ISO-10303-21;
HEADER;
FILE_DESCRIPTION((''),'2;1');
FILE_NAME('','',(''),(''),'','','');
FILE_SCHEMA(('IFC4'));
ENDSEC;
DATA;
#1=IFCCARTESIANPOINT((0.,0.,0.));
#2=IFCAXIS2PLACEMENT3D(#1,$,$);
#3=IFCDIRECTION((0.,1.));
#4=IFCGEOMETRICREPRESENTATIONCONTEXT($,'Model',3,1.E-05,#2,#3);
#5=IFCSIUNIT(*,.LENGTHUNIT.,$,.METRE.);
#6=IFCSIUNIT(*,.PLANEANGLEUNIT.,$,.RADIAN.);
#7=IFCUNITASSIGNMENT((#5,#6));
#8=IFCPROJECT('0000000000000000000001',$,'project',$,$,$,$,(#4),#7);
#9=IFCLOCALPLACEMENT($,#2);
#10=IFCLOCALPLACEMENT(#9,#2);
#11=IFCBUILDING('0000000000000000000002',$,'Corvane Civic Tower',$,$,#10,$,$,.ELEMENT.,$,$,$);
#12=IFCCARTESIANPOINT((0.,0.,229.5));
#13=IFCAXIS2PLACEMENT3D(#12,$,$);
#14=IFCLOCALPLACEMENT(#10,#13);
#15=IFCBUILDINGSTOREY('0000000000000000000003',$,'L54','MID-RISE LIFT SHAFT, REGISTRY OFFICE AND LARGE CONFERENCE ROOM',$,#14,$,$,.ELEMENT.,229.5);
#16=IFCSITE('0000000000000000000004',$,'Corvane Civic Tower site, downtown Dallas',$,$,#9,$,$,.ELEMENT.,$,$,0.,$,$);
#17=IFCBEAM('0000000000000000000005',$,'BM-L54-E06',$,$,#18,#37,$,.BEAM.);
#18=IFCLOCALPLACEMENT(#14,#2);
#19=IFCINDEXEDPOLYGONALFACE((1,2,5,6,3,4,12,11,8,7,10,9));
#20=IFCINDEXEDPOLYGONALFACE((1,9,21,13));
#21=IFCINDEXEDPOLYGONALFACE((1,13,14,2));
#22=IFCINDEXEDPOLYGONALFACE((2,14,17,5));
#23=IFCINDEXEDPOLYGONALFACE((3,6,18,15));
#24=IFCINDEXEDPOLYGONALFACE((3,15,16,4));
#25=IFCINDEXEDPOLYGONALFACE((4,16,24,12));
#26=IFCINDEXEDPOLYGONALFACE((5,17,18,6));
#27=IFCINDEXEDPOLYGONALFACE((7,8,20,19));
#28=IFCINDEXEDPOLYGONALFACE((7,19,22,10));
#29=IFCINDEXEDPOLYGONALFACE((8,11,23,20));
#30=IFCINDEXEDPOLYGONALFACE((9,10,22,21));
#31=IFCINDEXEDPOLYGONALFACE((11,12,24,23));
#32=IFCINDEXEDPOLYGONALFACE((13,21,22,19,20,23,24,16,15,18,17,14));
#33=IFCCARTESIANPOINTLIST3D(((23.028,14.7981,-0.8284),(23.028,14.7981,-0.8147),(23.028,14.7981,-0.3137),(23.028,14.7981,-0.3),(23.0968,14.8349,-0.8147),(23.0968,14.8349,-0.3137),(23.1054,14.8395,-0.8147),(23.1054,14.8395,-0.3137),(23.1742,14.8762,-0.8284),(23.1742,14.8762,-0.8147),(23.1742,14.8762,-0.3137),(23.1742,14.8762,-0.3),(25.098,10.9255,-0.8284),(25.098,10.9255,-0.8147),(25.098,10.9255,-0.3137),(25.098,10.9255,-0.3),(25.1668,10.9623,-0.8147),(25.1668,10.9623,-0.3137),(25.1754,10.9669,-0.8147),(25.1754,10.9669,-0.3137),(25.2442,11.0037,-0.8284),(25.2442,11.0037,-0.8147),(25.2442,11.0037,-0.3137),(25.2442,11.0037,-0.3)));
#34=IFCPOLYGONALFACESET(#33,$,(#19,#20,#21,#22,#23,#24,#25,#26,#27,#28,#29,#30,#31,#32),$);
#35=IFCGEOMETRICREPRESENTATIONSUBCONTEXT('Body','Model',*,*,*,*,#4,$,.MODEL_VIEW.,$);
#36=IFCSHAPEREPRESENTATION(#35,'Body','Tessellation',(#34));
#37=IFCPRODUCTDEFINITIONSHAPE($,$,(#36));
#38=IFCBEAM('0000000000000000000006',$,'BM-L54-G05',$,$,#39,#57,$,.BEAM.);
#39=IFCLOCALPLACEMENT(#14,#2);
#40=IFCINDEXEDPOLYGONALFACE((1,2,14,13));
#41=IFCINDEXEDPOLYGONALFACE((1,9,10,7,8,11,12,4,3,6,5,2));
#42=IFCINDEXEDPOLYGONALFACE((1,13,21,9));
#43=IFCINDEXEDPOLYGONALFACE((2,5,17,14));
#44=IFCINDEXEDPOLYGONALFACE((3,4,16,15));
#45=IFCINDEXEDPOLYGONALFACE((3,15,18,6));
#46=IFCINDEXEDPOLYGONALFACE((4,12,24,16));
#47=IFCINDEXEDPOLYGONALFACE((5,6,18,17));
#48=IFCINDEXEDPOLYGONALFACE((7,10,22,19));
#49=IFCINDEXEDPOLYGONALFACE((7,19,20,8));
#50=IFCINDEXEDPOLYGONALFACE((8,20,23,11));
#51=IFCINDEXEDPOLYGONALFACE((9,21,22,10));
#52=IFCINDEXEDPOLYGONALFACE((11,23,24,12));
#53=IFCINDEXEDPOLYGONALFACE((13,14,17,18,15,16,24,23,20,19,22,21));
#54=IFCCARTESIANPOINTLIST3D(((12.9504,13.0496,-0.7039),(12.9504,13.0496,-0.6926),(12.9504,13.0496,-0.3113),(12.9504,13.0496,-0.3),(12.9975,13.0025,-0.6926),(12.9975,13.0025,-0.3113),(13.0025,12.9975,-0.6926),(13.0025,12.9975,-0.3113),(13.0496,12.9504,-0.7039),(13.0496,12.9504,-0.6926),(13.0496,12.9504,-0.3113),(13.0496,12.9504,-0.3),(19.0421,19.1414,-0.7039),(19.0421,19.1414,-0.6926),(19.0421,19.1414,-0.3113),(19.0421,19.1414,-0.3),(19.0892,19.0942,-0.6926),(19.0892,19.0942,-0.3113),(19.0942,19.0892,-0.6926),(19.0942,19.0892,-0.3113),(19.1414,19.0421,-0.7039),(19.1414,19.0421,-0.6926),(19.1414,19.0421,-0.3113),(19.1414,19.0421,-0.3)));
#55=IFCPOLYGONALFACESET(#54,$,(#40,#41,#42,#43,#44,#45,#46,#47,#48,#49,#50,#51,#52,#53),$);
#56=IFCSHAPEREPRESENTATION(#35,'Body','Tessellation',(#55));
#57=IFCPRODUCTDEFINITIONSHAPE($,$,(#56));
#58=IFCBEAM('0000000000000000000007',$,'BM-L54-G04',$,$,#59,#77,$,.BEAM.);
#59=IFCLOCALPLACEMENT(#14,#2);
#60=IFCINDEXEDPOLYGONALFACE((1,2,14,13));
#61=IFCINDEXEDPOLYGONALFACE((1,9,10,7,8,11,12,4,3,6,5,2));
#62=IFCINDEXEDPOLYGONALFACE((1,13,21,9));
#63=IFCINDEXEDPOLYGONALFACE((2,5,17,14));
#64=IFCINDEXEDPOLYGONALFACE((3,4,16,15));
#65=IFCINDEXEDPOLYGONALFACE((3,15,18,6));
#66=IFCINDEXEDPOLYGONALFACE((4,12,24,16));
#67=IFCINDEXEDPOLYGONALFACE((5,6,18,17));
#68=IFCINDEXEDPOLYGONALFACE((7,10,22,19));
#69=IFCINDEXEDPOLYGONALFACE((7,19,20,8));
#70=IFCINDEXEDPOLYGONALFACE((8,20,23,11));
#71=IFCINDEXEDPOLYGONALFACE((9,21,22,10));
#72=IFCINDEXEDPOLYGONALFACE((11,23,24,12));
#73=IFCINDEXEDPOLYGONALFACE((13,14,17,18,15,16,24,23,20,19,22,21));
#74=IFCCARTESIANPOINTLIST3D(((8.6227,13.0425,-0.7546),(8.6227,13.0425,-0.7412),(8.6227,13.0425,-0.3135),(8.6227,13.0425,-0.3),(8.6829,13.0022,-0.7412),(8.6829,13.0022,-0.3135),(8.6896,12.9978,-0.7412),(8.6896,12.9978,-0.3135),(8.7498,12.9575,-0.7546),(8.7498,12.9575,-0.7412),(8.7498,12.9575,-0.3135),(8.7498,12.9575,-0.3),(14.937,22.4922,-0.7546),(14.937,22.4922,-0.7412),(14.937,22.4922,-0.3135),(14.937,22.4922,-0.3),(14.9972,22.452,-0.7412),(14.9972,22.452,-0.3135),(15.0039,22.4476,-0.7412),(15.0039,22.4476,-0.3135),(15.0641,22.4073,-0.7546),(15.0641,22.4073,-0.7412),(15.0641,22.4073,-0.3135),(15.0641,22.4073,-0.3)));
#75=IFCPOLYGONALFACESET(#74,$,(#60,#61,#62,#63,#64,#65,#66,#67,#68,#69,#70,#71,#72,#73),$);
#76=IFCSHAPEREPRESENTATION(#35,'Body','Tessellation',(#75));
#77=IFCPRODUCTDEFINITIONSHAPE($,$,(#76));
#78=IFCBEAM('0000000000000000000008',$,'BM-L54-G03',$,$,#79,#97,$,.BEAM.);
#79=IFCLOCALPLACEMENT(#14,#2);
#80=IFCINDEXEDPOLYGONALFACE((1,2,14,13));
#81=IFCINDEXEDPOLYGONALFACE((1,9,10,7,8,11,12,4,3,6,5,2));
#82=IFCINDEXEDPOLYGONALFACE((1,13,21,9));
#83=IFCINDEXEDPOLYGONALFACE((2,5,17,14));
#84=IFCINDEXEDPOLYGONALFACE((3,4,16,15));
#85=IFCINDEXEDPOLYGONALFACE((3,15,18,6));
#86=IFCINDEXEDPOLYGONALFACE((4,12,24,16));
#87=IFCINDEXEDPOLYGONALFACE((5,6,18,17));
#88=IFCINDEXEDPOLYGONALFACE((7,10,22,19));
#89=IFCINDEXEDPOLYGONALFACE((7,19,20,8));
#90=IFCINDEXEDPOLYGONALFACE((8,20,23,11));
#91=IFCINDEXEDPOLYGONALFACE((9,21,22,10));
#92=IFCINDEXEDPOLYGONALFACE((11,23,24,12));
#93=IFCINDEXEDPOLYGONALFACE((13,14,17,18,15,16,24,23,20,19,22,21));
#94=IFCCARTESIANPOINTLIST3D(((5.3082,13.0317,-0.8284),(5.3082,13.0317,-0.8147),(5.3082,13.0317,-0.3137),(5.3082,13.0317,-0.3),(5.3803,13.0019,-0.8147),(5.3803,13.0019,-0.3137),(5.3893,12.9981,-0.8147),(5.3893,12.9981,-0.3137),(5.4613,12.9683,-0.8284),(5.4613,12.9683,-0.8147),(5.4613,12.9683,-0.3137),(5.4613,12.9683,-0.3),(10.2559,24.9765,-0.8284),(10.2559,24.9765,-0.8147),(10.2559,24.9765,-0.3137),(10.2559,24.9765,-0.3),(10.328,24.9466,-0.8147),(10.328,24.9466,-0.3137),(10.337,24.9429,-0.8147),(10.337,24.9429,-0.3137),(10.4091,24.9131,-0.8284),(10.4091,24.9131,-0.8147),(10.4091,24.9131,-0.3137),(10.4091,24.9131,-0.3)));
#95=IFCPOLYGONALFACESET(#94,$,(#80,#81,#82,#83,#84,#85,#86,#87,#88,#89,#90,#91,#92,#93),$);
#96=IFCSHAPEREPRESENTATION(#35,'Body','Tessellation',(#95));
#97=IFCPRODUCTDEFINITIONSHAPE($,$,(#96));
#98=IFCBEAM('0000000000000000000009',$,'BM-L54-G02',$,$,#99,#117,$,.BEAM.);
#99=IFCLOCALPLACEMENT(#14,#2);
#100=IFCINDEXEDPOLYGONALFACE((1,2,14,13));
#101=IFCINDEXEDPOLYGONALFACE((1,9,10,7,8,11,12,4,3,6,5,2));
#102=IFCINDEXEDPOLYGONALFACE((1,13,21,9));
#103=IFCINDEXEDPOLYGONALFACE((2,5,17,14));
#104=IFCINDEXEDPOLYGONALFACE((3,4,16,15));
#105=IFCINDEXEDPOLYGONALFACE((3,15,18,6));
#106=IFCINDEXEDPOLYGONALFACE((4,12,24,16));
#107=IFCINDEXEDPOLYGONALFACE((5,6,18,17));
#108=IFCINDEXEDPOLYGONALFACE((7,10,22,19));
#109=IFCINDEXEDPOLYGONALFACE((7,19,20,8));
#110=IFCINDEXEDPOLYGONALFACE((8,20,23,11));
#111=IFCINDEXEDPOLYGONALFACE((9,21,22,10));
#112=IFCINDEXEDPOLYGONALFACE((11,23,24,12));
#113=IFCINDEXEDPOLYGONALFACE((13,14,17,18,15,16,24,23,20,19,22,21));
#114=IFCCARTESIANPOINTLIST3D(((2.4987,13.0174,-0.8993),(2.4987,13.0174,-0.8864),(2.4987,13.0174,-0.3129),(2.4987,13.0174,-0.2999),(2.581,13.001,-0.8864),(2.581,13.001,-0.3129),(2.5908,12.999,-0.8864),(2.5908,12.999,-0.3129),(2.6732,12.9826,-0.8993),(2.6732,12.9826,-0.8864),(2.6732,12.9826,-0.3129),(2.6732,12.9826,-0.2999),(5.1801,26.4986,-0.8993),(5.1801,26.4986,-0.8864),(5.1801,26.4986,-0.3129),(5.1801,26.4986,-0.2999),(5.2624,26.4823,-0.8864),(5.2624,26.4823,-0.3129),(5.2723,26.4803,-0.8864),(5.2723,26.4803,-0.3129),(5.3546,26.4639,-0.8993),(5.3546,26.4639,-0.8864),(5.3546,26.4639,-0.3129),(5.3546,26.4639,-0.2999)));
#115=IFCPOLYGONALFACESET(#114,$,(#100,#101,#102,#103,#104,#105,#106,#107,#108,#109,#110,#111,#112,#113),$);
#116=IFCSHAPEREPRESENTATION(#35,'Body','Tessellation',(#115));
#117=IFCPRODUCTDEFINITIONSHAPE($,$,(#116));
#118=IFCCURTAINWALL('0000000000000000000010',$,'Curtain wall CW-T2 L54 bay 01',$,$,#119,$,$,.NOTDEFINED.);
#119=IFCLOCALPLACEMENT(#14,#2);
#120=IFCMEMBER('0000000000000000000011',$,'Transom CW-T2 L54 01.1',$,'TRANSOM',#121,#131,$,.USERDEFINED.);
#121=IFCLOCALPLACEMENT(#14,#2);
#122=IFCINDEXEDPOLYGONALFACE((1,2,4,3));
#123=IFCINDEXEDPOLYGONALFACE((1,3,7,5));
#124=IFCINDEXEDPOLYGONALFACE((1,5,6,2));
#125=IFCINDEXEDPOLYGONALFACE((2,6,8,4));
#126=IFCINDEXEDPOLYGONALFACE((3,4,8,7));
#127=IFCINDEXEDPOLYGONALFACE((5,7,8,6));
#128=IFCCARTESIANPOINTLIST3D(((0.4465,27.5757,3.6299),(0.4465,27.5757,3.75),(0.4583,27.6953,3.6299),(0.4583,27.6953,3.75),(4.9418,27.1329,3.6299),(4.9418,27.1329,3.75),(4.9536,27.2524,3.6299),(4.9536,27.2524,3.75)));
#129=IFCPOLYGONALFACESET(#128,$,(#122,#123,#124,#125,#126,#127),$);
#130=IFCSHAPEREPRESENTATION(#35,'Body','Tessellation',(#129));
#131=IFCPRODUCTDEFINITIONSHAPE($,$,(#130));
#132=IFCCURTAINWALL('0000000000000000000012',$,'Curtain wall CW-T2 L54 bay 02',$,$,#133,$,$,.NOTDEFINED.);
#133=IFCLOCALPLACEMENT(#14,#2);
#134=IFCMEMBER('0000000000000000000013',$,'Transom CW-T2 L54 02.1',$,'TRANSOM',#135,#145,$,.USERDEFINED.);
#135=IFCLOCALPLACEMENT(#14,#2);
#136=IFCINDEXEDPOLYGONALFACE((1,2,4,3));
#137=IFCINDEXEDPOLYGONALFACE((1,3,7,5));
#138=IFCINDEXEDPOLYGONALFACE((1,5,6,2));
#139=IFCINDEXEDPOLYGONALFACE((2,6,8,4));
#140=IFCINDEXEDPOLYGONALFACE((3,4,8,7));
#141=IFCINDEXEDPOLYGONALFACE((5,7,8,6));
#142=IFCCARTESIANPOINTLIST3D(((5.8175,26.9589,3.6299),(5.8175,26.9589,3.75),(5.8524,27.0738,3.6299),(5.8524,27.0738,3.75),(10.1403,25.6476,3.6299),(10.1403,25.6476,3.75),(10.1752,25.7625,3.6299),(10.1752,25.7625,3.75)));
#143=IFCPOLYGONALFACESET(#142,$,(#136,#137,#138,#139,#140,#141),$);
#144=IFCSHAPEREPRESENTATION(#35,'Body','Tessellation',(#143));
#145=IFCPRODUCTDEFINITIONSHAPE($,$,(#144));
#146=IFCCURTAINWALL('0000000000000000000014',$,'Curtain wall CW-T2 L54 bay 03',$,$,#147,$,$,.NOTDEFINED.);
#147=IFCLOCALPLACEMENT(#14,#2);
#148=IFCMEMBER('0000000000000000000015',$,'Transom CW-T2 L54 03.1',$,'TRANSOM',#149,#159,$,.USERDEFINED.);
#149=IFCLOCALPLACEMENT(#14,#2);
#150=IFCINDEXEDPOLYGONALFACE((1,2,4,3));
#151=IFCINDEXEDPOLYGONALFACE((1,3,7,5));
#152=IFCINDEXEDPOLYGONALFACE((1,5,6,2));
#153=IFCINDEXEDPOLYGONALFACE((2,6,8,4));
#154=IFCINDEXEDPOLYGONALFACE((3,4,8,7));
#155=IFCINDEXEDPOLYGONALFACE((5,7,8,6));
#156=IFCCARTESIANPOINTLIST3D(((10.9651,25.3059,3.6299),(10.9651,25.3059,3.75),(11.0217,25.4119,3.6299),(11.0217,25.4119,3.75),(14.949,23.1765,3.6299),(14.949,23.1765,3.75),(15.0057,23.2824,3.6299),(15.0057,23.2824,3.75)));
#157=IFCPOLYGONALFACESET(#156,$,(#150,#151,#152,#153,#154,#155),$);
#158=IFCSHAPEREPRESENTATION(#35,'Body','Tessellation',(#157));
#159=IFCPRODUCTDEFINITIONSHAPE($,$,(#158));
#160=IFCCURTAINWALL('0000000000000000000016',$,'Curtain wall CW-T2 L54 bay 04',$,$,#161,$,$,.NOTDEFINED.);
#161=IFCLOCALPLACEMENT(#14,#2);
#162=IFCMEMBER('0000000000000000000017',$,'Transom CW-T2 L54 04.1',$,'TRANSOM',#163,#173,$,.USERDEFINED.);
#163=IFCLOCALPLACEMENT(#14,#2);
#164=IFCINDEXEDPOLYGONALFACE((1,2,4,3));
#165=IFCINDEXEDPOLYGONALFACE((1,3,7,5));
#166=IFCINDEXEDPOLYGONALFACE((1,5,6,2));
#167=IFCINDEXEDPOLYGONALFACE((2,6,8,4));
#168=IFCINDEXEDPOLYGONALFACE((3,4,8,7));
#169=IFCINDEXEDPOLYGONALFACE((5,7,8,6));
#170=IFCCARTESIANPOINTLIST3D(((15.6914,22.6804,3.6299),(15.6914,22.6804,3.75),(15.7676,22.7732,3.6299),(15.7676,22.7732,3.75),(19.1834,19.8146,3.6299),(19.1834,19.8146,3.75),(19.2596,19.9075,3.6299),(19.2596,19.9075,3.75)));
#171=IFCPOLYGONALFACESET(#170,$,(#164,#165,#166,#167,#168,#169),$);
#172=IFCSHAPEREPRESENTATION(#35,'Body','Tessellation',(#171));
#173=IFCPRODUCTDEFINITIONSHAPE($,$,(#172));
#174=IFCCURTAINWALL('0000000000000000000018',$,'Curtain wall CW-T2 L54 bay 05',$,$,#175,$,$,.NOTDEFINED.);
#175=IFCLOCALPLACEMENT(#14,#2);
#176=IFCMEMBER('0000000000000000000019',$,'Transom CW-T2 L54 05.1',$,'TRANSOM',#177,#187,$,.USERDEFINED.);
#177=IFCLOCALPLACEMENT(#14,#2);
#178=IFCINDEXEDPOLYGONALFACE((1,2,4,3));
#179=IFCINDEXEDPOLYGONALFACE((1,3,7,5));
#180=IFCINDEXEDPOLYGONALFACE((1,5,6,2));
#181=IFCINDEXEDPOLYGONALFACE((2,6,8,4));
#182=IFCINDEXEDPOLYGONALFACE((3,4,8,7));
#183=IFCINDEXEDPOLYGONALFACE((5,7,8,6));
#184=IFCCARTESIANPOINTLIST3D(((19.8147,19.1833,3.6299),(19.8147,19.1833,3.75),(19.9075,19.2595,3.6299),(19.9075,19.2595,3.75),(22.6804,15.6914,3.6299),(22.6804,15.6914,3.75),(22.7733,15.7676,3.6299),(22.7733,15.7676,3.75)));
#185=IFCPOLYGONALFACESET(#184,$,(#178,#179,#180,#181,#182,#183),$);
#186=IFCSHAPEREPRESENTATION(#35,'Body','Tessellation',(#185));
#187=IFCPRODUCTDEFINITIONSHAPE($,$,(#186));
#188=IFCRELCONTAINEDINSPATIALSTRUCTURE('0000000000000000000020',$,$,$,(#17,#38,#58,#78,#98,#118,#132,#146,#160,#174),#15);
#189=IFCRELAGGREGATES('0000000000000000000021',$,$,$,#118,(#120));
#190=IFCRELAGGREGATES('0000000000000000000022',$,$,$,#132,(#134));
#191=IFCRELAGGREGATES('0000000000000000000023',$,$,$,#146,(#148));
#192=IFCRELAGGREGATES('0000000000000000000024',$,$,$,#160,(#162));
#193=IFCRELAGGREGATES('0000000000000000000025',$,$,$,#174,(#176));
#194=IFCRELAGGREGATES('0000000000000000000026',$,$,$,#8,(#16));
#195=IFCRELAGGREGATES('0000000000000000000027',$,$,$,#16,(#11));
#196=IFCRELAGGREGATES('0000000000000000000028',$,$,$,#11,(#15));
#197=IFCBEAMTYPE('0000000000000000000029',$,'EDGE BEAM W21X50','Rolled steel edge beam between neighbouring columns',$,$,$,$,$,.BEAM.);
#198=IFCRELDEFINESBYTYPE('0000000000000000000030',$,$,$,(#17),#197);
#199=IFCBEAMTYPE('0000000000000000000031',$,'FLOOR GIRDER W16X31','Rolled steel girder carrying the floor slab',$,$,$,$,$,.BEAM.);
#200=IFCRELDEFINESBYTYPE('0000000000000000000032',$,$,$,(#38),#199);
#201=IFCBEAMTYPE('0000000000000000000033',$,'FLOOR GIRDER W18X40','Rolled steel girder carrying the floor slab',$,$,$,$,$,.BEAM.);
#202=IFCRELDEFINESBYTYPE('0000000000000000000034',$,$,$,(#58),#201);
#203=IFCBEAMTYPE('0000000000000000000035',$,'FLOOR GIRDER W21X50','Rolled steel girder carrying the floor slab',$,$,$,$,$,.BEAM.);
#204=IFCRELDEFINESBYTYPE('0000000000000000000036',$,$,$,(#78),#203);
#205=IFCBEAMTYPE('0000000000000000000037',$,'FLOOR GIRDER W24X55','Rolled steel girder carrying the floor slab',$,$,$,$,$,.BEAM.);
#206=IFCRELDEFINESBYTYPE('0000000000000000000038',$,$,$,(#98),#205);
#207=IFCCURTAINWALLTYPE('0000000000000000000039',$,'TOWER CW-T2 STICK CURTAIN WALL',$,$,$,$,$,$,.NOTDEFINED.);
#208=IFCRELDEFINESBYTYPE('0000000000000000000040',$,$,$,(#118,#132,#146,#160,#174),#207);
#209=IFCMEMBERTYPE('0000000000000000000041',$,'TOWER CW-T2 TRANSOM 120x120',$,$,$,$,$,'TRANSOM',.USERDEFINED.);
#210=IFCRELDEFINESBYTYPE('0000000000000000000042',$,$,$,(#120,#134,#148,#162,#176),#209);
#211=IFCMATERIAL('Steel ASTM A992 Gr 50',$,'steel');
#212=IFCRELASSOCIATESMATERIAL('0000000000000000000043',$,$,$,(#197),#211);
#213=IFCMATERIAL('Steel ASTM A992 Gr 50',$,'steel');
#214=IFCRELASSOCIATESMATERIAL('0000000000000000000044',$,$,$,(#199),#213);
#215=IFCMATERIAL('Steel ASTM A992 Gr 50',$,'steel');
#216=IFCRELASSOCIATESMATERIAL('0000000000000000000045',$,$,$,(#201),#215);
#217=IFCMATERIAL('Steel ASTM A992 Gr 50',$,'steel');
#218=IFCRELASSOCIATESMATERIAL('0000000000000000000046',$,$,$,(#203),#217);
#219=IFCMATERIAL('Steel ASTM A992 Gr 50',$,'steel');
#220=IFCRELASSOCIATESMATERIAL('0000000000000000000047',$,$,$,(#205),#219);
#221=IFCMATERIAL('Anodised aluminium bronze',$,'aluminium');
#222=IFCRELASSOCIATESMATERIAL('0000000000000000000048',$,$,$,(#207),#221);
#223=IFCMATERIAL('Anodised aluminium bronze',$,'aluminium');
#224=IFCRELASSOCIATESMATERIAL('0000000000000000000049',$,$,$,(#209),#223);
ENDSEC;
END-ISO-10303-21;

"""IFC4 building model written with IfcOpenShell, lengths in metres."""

from ifc_helpers import new_model, si_unit, direction, frame, origin, origin_2d, place, context, subcontext, project, spatial, rectangle, i_section, extrude, material, material_profile, profile_set, type_object, element, aggregate, save


model = new_model("IFC4")

# Units and contexts
model_context = context("Model", 3, precision=1e-05, world=origin(), true_north=direction((0.0, 1.0)))
body_context = subcontext(model_context, "Body", "Model", "MODEL_VIEW")
ifc_project = project(units=[si_unit("LENGTHUNIT", "METRE"), si_unit("PLANEANGLEUNIT", "RADIAN")], contexts=[model_context])

# Site, building, storey
site_placement = place(None, origin())
site = spatial("IfcSite", under=ifc_project, at=site_placement, Name="Corvane Civic Tower site, downtown Dallas", CompositionType="ELEMENT", RefElevation=0.0)
building_placement = place(site_placement, origin())
building = spatial("IfcBuilding", under=site, at=building_placement, Name="Corvane Civic Tower", CompositionType="ELEMENT")
storey_placement = place(building_placement, frame((0.0, 0.0, 229.5)))
storey = spatial("IfcBuildingStorey", under=building, at=storey_placement, Name="L54", Description="MID-RISE LIFT SHAFT, REGISTRY OFFICE AND LARGE CONFERENCE ROOM", CompositionType="ELEMENT", Elevation=229.5)

# Beams
ifc_material_1 = material(Name="Steel ASTM A992 Gr 50", Category="steel")
ifc_material_profile_1 = material_profile(ifc_material_1, i_section(OverallWidth=0.1658, OverallDepth=0.5283, WebThickness=0.0098, FlangeThickness=0.0137, at=origin_2d()), Name="W21X50")
ifc_profile_set_1 = profile_set([ifc_material_profile_1], Name="Steel ASTM A992 Gr 50")
beam_type_1 = type_object("IfcBeamType", Name="EDGE BEAM W21X50", Description="Rolled steel edge beam between neighbouring columns", PredefinedType="BEAM", material=ifc_profile_set_1)
for number, where, z_axis, x_axis, name in (
    (1, (23.1011, 14.8372, -0.5642), (0.471422, -0.881908, 0.0), (0.881908, 0.471422, 0.0), "BM-L54-E06"),
):
    element("IfcBeam", number, at=place(storey_placement, frame(where, z_axis=z_axis, x_axis=x_axis)), inside=storey, type_object=beam_type_1, Name=name, PredefinedType="BEAM", context=body_context, shape_type="SweptSolid", body=[
        extrude(i_section(OverallWidth=0.1658, OverallDepth=0.5283, WebThickness=0.0098, FlangeThickness=0.0137, at=origin_2d()), origin(), (0.0, 0.0, 1.0), 4.3911),
    ])
ifc_material_2 = material(Name="Steel ASTM A992 Gr 50", Category="steel")
ifc_material_profile_2 = material_profile(ifc_material_2, i_section(OverallWidth=0.1404, OverallDepth=0.4038, WebThickness=0.0071, FlangeThickness=0.0112, at=origin_2d()), Name="W16X31")
ifc_profile_set_2 = profile_set([ifc_material_profile_2], Name="Steel ASTM A992 Gr 50")
beam_type_2 = type_object("IfcBeamType", Name="FLOOR GIRDER W16X31", Description="Rolled steel girder carrying the floor slab", PredefinedType="BEAM", material=ifc_profile_set_2)
beam_1_placement = place(storey_placement, frame((13.0, 13.0, -0.502), z_axis=(0.707107, 0.707107, 0.0), x_axis=(-0.707107, 0.707107, 0.0)))
element("IfcBeam", 2, at=beam_1_placement, inside=storey, type_object=beam_type_2, Name="BM-L54-G05", PredefinedType="BEAM", context=body_context, shape_type="SweptSolid", body=[
    extrude(i_section(OverallWidth=0.1404, OverallDepth=0.4038, WebThickness=0.0071, FlangeThickness=0.0112, at=origin_2d()), origin(), (0.0, 0.0, 1.0), 8.615),
])
ifc_material_3 = material(Name="Steel ASTM A992 Gr 50", Category="steel")
ifc_material_profile_3 = material_profile(ifc_material_3, i_section(OverallWidth=0.1528, OverallDepth=0.4546, WebThickness=0.0081, FlangeThickness=0.0134, at=origin_2d()), Name="W18X40")
ifc_profile_set_3 = profile_set([ifc_material_profile_3], Name="Steel ASTM A992 Gr 50")
beam_type_3 = type_object("IfcBeamType", Name="FLOOR GIRDER W18X40", Description="Rolled steel girder carrying the floor slab", PredefinedType="BEAM", material=ifc_profile_set_3)
beam_2_placement = place(storey_placement, frame((8.6863, 13.0, -0.5273), z_axis=(0.555577, 0.831465, 0.0), x_axis=(-0.831465, 0.555577, 0.0)))
element("IfcBeam", 3, at=beam_2_placement, inside=storey, type_object=beam_type_3, Name="BM-L54-G04", PredefinedType="BEAM", context=body_context, shape_type="SweptSolid", body=[
    extrude(i_section(OverallWidth=0.1528, OverallDepth=0.4546, WebThickness=0.0081, FlangeThickness=0.0134, at=origin_2d()), origin(), (0.0, 0.0, 1.0), 11.3652),
])
ifc_material_4 = material(Name="Steel ASTM A992 Gr 50", Category="steel")
ifc_material_profile_4 = material_profile(ifc_material_4, i_section(OverallWidth=0.1658, OverallDepth=0.5283, WebThickness=0.0098, FlangeThickness=0.0137, at=origin_2d()), Name="W21X50")
ifc_profile_set_4 = profile_set([ifc_material_profile_4], Name="Steel ASTM A992 Gr 50")
beam_type_4 = type_object("IfcBeamType", Name="FLOOR GIRDER W21X50", Description="Rolled steel girder carrying the floor slab", PredefinedType="BEAM", material=ifc_profile_set_4)
beam_3_placement = place(storey_placement, frame((5.3848, 13.0, -0.5642), z_axis=(0.382686, 0.923878, 0.0), x_axis=(-0.923878, 0.382686, 0.0)))
element("IfcBeam", 4, at=beam_3_placement, inside=storey, type_object=beam_type_4, Name="BM-L54-G03", PredefinedType="BEAM", context=body_context, shape_type="SweptSolid", body=[
    extrude(i_section(OverallWidth=0.1658, OverallDepth=0.5283, WebThickness=0.0098, FlangeThickness=0.0137, at=origin_2d()), origin(), (0.0, 0.0, 1.0), 12.929),
])
ifc_material_5 = material(Name="Steel ASTM A992 Gr 50", Category="steel")
ifc_material_profile_5 = material_profile(ifc_material_5, i_section(OverallWidth=0.178, OverallDepth=0.5994, WebThickness=0.01, FlangeThickness=0.0129, at=origin_2d()), Name="W24X55")
ifc_profile_set_5 = profile_set([ifc_material_profile_5], Name="Steel ASTM A992 Gr 50")
beam_type_5 = type_object("IfcBeamType", Name="FLOOR GIRDER W24X55", Description="Rolled steel girder carrying the floor slab", PredefinedType="BEAM", material=ifc_profile_set_5)
beam_4_placement = place(storey_placement, frame((2.5859, 13.0, -0.5996), z_axis=(0.195078, 0.980788, 0.0), x_axis=(-0.980788, 0.195078, 0.0)))
element("IfcBeam", 5, at=beam_4_placement, inside=storey, type_object=beam_type_5, Name="BM-L54-G02", PredefinedType="BEAM", context=body_context, shape_type="SweptSolid", body=[
    extrude(i_section(OverallWidth=0.178, OverallDepth=0.5994, WebThickness=0.01, FlangeThickness=0.0129, at=origin_2d()), origin(), (0.0, 0.0, 1.0), 13.7454),
])

# Curtain walls, members
ifc_material_6 = material(Name="Anodised aluminium bronze", Category="aluminium")
curtain_wall_type = type_object("IfcCurtainWallType", Name="TOWER CW-T2 STICK CURTAIN WALL", PredefinedType="NOTDEFINED", material=ifc_material_6)
curtain_wall_1_placement = place(storey_placement, origin())
curtain_wall_1 = element("IfcCurtainWall", 6, at=curtain_wall_1_placement, inside=storey, type_object=curtain_wall_type, Name="Curtain wall CW-T2 L54 bay 01", PredefinedType="NOTDEFINED")
ifc_material_7 = material(Name="Anodised aluminium bronze", Category="aluminium")
ifc_material_profile_6 = material_profile(ifc_material_7, rectangle(XDim=0.1201, YDim=0.1201, at=origin_2d()), Name="TOWER CW-T2 TRANSOM 120x120")
ifc_profile_set_6 = profile_set([ifc_material_profile_6], Name="Anodised aluminium bronze")
member_type = type_object("IfcMemberType", Name="TOWER CW-T2 TRANSOM 120x120", ElementType="TRANSOM", PredefinedType="USERDEFINED", material=ifc_profile_set_6)
member_1_placement = place(storey_placement, frame((0.4524, 27.6355, 3.6899), z_axis=(0.995182, -0.098043, 0.0), x_axis=(0.098043, 0.995182, 0.0)))
member_1 = element("IfcMember", 7, at=member_1_placement, type_object=member_type, Name="Transom CW-T2 L54 01.1", ObjectType="TRANSOM", PredefinedType="USERDEFINED", context=body_context, shape_type="SweptSolid", body=[
    extrude(rectangle(XDim=0.1201, YDim=0.1201, at=origin_2d()), origin(), (0.0, 0.0, 1.0), 4.5171),
])
curtain_wall_2_placement = place(storey_placement, origin())
curtain_wall_2 = element("IfcCurtainWall", 8, at=curtain_wall_2_placement, inside=storey, type_object=curtain_wall_type, Name="Curtain wall CW-T2 L54 bay 02", PredefinedType="NOTDEFINED")
member_2_placement = place(storey_placement, frame((5.835, 27.0164, 3.6899), z_axis=(0.956941, -0.290282, 0.0), x_axis=(0.290282, 0.956941, 0.0)))
member_2 = element("IfcMember", 9, at=member_2_placement, type_object=member_type, Name="Transom CW-T2 L54 02.1", ObjectType="TRANSOM", PredefinedType="USERDEFINED", context=body_context, shape_type="SweptSolid", body=[
    extrude(rectangle(XDim=0.1201, YDim=0.1201, at=origin_2d()), origin(), (0.0, 0.0, 1.0), 4.5173),
])
curtain_wall_3_placement = place(storey_placement, origin())
curtain_wall_3 = element("IfcCurtainWall", 10, at=curtain_wall_3_placement, inside=storey, type_object=curtain_wall_type, Name="Curtain wall CW-T2 L54 bay 03", PredefinedType="NOTDEFINED")
member_3_placement = place(storey_placement, frame((10.9934, 25.3589, 3.6899), z_axis=(0.881925, -0.47139, 0.0), x_axis=(0.47139, 0.881925, 0.0)))
member_3 = element("IfcMember", 11, at=member_3_placement, type_object=member_type, Name="Transom CW-T2 L54 03.1", ObjectType="TRANSOM", PredefinedType="USERDEFINED", context=body_context, shape_type="SweptSolid", body=[
    extrude(rectangle(XDim=0.1201, YDim=0.1201, at=origin_2d()), origin(), (0.0, 0.0, 1.0), 4.5173),
])
curtain_wall_4_placement = place(storey_placement, origin())
curtain_wall_4 = element("IfcCurtainWall", 12, at=curtain_wall_4_placement, inside=storey, type_object=curtain_wall_type, Name="Curtain wall CW-T2 L54 bay 04", PredefinedType="NOTDEFINED")
member_4_placement = place(storey_placement, frame((15.7295, 22.7268, 3.6899), z_axis=(0.773015, -0.634388, 0.0), x_axis=(0.634388, 0.773015, 0.0)))
member_4 = element("IfcMember", 13, at=member_4_placement, type_object=member_type, Name="Transom CW-T2 L54 04.1", ObjectType="TRANSOM", PredefinedType="USERDEFINED", context=body_context, shape_type="SweptSolid", body=[
    extrude(rectangle(XDim=0.1201, YDim=0.1201, at=origin_2d()), origin(), (0.0, 0.0, 1.0), 4.5173),
])
curtain_wall_5_placement = place(storey_placement, origin())
curtain_wall_5 = element("IfcCurtainWall", 14, at=curtain_wall_5_placement, inside=storey, type_object=curtain_wall_type, Name="Curtain wall CW-T2 L54 bay 05", PredefinedType="NOTDEFINED")
member_5_placement = place(storey_placement, frame((19.8611, 19.2214, 3.6899), z_axis=(0.634388, -0.773015, 0.0), x_axis=(0.773015, 0.634388, 0.0)))
member_5 = element("IfcMember", 15, at=member_5_placement, type_object=member_type, Name="Transom CW-T2 L54 05.1", ObjectType="TRANSOM", PredefinedType="USERDEFINED", context=body_context, shape_type="SweptSolid", body=[
    extrude(rectangle(XDim=0.1201, YDim=0.1201, at=origin_2d()), origin(), (0.0, 0.0, 1.0), 4.5173),
])

aggregate(curtain_wall_1, [member_1])
aggregate(curtain_wall_2, [member_2])
aggregate(curtain_wall_3, [member_3])
aggregate(curtain_wall_4, [member_4])
aggregate(curtain_wall_5, [member_5])

save(model, "model.ifc")
